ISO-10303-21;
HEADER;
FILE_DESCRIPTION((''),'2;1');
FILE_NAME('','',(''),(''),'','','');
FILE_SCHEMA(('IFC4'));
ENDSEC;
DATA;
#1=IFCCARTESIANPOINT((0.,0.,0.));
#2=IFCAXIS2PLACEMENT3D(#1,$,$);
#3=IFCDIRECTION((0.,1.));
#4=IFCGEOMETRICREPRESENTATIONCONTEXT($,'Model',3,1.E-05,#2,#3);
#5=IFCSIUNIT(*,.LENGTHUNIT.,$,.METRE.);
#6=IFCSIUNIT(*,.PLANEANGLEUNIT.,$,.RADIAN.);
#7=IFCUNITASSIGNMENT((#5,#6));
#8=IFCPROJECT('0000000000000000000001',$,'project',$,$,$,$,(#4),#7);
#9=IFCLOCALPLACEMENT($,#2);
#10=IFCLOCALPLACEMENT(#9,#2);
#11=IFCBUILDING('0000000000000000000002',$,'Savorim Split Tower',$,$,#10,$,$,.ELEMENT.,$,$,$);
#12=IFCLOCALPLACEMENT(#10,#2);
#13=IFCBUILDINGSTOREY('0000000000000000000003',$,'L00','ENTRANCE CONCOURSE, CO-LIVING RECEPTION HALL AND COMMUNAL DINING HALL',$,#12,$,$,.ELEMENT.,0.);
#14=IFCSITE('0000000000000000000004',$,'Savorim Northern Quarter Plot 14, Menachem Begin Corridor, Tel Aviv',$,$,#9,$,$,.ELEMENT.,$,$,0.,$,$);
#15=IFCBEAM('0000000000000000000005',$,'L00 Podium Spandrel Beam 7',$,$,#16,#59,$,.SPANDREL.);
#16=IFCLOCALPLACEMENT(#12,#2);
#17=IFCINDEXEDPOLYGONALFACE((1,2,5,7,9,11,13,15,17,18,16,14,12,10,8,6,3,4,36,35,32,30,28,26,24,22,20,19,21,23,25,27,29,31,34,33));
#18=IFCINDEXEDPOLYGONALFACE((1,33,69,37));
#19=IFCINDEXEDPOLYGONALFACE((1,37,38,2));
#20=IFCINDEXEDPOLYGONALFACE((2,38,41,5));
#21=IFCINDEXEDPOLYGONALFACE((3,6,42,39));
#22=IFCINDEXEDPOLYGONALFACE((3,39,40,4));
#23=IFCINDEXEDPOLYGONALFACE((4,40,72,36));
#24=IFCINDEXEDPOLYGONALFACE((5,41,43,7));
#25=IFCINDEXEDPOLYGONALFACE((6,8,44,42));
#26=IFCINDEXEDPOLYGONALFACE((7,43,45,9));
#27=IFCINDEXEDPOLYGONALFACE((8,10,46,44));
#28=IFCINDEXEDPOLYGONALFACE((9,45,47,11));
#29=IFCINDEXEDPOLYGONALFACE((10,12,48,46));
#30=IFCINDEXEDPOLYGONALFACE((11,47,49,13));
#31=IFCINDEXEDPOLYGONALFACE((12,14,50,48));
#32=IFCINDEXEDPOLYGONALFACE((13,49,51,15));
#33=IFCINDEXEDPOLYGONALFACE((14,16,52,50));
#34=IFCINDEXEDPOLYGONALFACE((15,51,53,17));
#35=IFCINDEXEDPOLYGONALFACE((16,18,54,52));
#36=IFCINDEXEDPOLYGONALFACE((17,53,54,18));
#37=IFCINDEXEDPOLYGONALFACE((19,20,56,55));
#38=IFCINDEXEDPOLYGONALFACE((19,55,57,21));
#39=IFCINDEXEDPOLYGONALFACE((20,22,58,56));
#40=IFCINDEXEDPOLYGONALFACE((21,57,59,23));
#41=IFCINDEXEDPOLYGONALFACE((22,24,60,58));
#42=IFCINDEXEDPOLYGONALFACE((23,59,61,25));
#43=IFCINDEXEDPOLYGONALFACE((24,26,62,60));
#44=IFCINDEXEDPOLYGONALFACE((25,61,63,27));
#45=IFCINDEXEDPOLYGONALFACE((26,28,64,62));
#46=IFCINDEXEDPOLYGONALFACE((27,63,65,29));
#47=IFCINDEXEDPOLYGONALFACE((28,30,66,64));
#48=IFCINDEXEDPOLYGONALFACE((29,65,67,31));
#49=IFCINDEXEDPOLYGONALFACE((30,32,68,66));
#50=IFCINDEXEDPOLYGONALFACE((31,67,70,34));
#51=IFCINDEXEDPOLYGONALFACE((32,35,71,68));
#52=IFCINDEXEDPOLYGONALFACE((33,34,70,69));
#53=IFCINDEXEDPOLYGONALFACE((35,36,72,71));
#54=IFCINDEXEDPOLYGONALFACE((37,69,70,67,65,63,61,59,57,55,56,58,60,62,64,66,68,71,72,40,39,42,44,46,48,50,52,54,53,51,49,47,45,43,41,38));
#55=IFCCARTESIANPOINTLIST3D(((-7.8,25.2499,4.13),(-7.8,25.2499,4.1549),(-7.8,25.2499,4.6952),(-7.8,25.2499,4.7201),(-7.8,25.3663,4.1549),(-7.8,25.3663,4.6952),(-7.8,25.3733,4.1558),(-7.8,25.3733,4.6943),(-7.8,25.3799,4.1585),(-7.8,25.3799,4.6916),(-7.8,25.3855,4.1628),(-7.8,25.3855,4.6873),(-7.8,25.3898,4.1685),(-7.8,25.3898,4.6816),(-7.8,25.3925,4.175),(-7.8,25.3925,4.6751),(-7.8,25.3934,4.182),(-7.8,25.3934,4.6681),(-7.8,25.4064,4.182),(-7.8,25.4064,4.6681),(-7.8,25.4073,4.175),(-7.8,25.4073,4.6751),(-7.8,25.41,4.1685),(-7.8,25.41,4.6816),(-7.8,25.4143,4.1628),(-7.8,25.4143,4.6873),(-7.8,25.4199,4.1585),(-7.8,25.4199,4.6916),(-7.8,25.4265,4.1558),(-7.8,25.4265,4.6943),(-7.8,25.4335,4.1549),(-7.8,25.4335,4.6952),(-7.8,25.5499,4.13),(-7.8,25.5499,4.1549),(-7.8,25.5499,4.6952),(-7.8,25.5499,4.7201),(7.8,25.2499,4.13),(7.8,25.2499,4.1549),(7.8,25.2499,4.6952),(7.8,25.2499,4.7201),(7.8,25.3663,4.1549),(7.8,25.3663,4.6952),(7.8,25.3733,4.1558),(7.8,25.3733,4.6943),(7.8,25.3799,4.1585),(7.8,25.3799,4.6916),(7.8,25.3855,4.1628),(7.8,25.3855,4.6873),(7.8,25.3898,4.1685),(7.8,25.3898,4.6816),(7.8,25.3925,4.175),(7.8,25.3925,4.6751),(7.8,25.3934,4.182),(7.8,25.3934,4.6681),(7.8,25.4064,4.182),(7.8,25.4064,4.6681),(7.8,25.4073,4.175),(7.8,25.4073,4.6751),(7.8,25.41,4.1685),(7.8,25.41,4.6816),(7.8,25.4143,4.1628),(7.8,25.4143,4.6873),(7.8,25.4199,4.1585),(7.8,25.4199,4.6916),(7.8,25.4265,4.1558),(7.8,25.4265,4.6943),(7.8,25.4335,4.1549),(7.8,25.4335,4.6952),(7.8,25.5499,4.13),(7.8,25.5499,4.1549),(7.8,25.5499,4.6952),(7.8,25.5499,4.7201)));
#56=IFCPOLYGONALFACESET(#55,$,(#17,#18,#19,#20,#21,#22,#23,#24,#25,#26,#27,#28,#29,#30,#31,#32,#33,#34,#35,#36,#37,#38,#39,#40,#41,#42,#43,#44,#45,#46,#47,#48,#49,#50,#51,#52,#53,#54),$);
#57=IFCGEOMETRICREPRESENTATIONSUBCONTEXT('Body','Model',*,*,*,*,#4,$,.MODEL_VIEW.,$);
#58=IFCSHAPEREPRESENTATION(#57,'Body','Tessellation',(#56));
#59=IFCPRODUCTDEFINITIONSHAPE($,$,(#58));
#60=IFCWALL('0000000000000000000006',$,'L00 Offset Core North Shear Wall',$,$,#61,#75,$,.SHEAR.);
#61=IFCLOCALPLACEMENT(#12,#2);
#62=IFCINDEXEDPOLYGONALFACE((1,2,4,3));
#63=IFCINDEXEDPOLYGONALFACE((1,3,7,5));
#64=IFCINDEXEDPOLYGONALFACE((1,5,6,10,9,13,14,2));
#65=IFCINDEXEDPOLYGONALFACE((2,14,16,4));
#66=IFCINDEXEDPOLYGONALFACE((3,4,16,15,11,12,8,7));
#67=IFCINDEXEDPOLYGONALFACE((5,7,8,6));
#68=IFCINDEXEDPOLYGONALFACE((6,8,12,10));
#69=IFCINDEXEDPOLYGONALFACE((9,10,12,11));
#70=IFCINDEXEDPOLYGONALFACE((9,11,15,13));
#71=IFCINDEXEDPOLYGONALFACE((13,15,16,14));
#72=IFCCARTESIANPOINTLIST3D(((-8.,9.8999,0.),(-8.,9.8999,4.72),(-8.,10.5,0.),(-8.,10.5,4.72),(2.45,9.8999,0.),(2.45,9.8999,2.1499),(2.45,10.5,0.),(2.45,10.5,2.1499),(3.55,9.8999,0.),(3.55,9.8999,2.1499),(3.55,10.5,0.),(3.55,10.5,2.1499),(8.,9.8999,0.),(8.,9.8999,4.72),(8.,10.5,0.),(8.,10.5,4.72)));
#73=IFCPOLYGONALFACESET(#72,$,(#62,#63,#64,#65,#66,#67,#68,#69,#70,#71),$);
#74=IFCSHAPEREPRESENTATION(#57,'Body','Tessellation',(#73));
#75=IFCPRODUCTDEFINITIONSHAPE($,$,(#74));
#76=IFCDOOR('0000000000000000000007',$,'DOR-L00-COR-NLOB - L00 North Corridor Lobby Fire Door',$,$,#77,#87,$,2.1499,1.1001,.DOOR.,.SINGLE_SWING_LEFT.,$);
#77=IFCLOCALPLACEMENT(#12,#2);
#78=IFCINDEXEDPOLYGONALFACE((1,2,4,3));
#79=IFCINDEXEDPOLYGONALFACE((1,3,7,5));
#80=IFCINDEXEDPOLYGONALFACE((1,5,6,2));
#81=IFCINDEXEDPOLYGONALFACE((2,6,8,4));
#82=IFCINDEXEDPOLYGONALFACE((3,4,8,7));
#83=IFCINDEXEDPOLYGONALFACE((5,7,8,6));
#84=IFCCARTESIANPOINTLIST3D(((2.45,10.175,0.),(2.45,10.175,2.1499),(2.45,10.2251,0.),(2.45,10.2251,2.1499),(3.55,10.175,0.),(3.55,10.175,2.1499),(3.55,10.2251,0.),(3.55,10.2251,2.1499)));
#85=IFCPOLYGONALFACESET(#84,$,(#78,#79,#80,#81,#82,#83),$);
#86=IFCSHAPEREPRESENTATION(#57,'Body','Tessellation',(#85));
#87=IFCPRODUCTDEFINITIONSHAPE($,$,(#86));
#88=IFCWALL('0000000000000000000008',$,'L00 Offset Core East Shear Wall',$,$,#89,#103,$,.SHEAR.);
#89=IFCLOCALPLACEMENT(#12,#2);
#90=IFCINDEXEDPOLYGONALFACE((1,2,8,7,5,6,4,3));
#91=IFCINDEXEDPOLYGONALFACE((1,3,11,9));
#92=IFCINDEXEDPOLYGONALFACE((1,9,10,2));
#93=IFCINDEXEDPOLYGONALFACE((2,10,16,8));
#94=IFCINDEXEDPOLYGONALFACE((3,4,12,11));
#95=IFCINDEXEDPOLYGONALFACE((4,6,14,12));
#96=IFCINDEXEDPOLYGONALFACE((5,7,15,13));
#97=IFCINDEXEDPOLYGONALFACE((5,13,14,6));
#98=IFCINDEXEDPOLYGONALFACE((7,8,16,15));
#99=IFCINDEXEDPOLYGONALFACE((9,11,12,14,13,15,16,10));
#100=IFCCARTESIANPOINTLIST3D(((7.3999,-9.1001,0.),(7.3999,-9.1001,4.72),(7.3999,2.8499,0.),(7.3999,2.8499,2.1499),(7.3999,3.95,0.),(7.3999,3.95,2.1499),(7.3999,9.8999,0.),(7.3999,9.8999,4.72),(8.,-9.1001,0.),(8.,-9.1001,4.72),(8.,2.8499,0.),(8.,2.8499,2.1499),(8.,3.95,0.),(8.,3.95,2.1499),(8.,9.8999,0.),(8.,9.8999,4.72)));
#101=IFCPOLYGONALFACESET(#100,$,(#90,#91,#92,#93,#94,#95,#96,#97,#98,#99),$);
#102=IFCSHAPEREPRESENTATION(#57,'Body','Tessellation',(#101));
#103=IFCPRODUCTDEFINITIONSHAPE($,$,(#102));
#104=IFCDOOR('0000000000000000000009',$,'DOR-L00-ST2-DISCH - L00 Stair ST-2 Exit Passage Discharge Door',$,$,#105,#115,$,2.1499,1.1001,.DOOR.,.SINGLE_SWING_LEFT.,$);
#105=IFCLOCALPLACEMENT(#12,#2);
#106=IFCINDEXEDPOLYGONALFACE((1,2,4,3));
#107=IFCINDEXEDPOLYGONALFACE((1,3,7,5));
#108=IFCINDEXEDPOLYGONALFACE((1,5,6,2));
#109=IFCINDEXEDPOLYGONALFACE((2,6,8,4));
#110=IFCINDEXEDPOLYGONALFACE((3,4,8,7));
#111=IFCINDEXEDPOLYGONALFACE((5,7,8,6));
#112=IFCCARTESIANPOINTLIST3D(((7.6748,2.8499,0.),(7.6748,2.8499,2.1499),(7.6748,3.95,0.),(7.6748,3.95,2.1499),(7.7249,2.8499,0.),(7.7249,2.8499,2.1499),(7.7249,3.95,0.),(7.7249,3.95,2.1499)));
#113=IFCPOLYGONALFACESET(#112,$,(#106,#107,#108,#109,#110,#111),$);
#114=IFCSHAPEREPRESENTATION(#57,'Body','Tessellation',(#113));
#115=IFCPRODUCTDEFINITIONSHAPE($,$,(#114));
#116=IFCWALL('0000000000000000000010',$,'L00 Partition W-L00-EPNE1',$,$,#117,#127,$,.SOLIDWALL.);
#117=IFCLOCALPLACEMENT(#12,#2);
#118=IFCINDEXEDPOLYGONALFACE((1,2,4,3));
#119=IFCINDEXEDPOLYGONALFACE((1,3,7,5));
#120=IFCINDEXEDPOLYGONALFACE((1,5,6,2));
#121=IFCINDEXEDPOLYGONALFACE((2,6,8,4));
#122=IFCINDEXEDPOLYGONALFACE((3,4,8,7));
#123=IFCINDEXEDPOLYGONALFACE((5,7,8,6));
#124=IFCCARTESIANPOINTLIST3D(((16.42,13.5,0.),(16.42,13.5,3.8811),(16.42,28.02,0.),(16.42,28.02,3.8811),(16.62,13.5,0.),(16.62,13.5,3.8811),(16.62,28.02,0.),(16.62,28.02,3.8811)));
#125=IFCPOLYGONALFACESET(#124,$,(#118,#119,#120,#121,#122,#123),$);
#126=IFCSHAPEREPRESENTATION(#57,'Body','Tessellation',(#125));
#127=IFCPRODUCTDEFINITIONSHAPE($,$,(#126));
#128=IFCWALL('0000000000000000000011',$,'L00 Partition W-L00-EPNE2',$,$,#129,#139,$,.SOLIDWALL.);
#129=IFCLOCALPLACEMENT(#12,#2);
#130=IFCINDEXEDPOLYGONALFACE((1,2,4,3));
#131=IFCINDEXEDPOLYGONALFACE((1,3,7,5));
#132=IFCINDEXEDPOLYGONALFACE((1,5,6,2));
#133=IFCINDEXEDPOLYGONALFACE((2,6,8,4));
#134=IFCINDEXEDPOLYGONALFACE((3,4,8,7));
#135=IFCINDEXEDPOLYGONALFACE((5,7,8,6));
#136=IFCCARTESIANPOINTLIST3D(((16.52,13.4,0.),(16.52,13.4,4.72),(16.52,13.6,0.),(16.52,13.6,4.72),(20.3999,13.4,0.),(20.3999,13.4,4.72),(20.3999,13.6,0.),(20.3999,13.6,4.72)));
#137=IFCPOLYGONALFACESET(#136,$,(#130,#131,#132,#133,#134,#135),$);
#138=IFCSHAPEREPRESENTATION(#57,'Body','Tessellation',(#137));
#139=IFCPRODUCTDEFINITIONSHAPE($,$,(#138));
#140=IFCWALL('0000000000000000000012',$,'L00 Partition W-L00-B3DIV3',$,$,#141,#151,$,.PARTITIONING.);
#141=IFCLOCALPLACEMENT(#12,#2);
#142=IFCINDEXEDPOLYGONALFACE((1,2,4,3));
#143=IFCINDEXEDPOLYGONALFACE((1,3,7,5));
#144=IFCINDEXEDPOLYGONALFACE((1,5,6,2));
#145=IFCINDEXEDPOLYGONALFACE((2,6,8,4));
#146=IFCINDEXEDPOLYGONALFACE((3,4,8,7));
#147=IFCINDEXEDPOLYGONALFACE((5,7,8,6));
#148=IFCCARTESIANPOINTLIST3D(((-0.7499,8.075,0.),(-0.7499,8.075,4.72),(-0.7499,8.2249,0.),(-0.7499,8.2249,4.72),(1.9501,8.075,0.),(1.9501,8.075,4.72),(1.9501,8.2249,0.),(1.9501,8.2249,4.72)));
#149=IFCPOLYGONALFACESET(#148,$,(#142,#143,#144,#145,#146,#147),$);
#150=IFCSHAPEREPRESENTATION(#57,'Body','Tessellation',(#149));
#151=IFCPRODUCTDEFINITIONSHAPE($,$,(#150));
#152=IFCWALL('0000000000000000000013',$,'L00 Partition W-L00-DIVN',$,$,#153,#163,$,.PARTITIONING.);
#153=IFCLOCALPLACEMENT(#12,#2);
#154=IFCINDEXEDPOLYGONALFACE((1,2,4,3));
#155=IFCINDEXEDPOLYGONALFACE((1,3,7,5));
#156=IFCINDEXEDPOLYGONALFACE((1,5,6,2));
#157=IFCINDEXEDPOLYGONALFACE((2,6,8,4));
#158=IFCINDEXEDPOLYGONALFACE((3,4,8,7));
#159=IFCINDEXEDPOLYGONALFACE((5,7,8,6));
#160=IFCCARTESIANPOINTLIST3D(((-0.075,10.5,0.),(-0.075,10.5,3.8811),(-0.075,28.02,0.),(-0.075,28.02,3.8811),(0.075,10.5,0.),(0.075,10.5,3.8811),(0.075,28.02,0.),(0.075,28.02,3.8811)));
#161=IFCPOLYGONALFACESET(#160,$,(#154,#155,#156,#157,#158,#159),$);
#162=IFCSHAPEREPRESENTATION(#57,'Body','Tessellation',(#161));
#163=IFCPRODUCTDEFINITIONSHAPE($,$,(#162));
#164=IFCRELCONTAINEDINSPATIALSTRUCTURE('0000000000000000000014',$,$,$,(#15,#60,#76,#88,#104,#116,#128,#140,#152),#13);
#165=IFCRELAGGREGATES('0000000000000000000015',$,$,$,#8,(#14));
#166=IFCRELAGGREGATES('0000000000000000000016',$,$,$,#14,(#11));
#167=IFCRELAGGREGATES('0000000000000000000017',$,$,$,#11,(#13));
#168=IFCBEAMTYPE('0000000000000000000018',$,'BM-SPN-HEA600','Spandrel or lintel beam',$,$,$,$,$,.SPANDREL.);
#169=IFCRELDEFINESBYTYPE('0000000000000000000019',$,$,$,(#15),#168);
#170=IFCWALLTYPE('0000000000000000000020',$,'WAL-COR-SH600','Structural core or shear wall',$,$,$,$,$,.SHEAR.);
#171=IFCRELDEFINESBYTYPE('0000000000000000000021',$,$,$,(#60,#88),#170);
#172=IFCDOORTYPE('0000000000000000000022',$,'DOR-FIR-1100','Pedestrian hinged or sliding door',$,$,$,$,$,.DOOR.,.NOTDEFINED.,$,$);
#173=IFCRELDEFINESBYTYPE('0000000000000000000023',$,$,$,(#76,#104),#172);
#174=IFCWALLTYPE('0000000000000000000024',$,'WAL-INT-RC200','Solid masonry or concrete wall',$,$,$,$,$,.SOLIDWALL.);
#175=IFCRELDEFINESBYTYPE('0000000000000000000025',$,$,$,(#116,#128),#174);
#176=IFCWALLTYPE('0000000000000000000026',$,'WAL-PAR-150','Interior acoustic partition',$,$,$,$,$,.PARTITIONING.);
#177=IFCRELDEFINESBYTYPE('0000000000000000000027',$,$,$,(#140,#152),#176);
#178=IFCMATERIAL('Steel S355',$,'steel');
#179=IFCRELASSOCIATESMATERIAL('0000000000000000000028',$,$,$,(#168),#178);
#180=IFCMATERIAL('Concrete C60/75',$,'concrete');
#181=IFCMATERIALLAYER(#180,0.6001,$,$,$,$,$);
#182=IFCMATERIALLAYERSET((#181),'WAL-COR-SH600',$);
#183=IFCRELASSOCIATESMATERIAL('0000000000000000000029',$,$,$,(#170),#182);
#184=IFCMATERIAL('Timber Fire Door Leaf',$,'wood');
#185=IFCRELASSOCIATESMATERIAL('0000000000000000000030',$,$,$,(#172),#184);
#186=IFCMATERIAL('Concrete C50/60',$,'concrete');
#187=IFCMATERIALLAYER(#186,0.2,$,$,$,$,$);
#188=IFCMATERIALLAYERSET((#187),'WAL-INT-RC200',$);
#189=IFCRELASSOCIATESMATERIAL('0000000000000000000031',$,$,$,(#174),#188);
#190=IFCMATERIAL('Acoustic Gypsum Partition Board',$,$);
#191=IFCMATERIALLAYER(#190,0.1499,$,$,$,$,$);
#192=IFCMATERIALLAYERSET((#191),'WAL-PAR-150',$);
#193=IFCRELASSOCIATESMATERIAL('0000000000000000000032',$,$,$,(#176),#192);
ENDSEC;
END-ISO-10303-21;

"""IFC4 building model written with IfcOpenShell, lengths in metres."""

from ifc_helpers import new_model, si_unit, direction, frame, frame_2d, origin, origin_2d, place, context, subcontext, project, spatial, rectangle, i_section, extrude, material, layer, layer_set, material_profile, profile_set, type_object, element, fill, save


model = new_model("IFC4")

# Units and contexts
model_context = context("Model", 3, precision=1e-05, world=origin(), true_north=direction((0.0, 1.0)))
body_context = subcontext(model_context, "Body", "Model", "MODEL_VIEW")
ifc_project = project(units=[si_unit("LENGTHUNIT", "METRE"), si_unit("PLANEANGLEUNIT", "RADIAN")], contexts=[model_context])

# Site, building, storey
site_placement = place(None, origin())
site = spatial("IfcSite", under=ifc_project, at=site_placement, Name="Savorim Northern Quarter Plot 14, Menachem Begin Corridor, Tel Aviv", CompositionType="ELEMENT", RefElevation=0.0)
building_placement = place(site_placement, origin())
building = spatial("IfcBuilding", under=site, at=building_placement, Name="Savorim Split Tower", CompositionType="ELEMENT")
storey_placement = place(building_placement, origin())
storey = spatial("IfcBuildingStorey", under=building, at=storey_placement, Name="L00", Description="ENTRANCE CONCOURSE, CO-LIVING RECEPTION HALL AND COMMUNAL DINING HALL", CompositionType="ELEMENT", Elevation=0.0)

# Shared definitions
ifc_material_1 = material(Name="Concrete C60/75", Category="concrete")

# Beam
ifc_material_2 = material(Name="Steel S355", Category="steel")
ifc_material_profile_1 = material_profile(ifc_material_2, i_section(OverallWidth=0.3, OverallDepth=0.5901, WebThickness=0.0129, FlangeThickness=0.0249, FilletRadius=0.0271, at=origin_2d()), Name="HEA 600")
ifc_profile_set_1 = profile_set([ifc_material_profile_1], Name="Steel S355")
beam_type_1 = type_object("IfcBeamType", Name="BM-SPN-HEA600", Description="Spandrel or lintel beam", PredefinedType="SPANDREL", material=ifc_profile_set_1)
beam_1_placement = place(storey_placement, frame((7.8, 25.3999, 4.425), z_axis=(-1.0, 0.0, 0.0), x_axis=(0.0, -1.0, 0.0)))
element("IfcBeam", 1, at=beam_1_placement, inside=storey, type_object=beam_type_1, Name="L00 Podium Spandrel Beam 7", PredefinedType="SPANDREL", context=body_context, shape_type="SweptSolid", body=[
    extrude(i_section(OverallWidth=0.3, OverallDepth=0.5901, WebThickness=0.0129, FlangeThickness=0.0249, FilletRadius=0.0271, at=origin_2d()), origin(), (0.0, 0.0, 1.0), 15.6001),
])

# Walls, openings, doors
ifc_layer_1 = layer(ifc_material_1, 0.6001)
ifc_layer_set_1 = layer_set([ifc_layer_1], Name="WAL-COR-SH600")
wall_type_1 = type_object("IfcWallType", Name="WAL-COR-SH600", Description="Structural core or shear wall", PredefinedType="SHEAR", material=ifc_layer_set_1)
wall_1_placement = place(storey_placement, frame((8.0, 10.2, 0.0), z_axis=(0.0, 0.0, 1.0), x_axis=(-1.0, 0.0, 0.0)))
wall_1 = element("IfcWall", 2, at=wall_1_placement, inside=storey, type_object=wall_type_1, Name="L00 Offset Core North Shear Wall", PredefinedType="SHEAR", context=body_context, shape_type="SweptSolid", body=[
    extrude(rectangle(XDim=16.0, YDim=0.6001, at=frame_2d((8.0, 0.0))), origin(), (0.0, 0.0, 1.0), 4.72),
])
opening_1_placement = place(wall_1_placement, frame((4.45, 0.0, 0.0)))
opening_1 = element("IfcOpeningElement", 3, at=opening_1_placement, cuts=wall_1, PredefinedType="OPENING", context=body_context, shape_type="SweptSolid", body=[
    extrude(rectangle(XDim=1.1001, YDim=2.1499, at=frame_2d((0.55, 1.075))), frame((0.0, 0.3101, 0.0), z_axis=(0.0, -1.0, 0.0), x_axis=(1.0, 0.0, 0.0)), (0.0, 0.0, 1.0), 0.6201),
])
ifc_material_3 = material(Name="Timber Fire Door Leaf", Category="wood")
door_type = type_object("IfcDoorType", Name="DOR-FIR-1100", Description="Pedestrian hinged or sliding door", OperationType="NOTDEFINED", PredefinedType="DOOR", material=ifc_material_3)
door_1_placement = place(opening_1_placement, origin())
door_1 = element("IfcDoor", 4, at=door_1_placement, inside=storey, type_object=door_type, Name="DOR-L00-COR-NLOB - L00 North Corridor Lobby Fire Door", OperationType="SINGLE_SWING_LEFT", OverallHeight=2.1499, OverallWidth=1.1001, PredefinedType="DOOR", context=body_context, shape_type="SweptSolid", body=[
    extrude(rectangle(XDim=1.1001, YDim=2.1499, at=frame_2d((0.55, 1.075))), frame((0.0, 0.0249, 0.0), z_axis=(0.0, -1.0, 0.0), x_axis=(1.0, 0.0, 0.0)), (0.0, 0.0, 1.0), 0.05),
])
fill(opening_1, door_1)
wall_2_placement = place(storey_placement, frame((7.7, 9.8999, 0.0), z_axis=(0.0, 0.0, 1.0), x_axis=(0.0, -1.0, 0.0)))
wall_2 = element("IfcWall", 5, at=wall_2_placement, inside=storey, type_object=wall_type_1, Name="L00 Offset Core East Shear Wall", PredefinedType="SHEAR", context=body_context, shape_type="SweptSolid", body=[
    extrude(rectangle(XDim=19.0, YDim=0.6001, at=frame_2d((9.5, 0.0))), origin(), (0.0, 0.0, 1.0), 4.72),
])
opening_2_placement = place(wall_2_placement, frame((5.95, 0.0, 0.0)))
opening_2 = element("IfcOpeningElement", 6, at=opening_2_placement, cuts=wall_2, PredefinedType="OPENING", context=body_context, shape_type="SweptSolid", body=[
    extrude(rectangle(XDim=1.1001, YDim=2.1499, at=frame_2d((0.55, 1.075))), frame((0.0, 0.3101, 0.0), z_axis=(0.0, -1.0, 0.0), x_axis=(1.0, 0.0, 0.0)), (0.0, 0.0, 1.0), 0.6201),
])
door_2_placement = place(opening_2_placement, origin())
door_2 = element("IfcDoor", 7, at=door_2_placement, inside=storey, type_object=door_type, Name="DOR-L00-ST2-DISCH - L00 Stair ST-2 Exit Passage Discharge Door", OperationType="SINGLE_SWING_LEFT", OverallHeight=2.1499, OverallWidth=1.1001, PredefinedType="DOOR", context=body_context, shape_type="SweptSolid", body=[
    extrude(rectangle(XDim=1.1001, YDim=2.1499, at=frame_2d((0.55, 1.075))), frame((0.0, 0.0249, 0.0), z_axis=(0.0, -1.0, 0.0), x_axis=(1.0, 0.0, 0.0)), (0.0, 0.0, 1.0), 0.05),
])
fill(opening_2, door_2)

# Walls
ifc_material_4 = material(Name="Concrete C50/60", Category="concrete")
ifc_layer_2 = layer(ifc_material_4, 0.2)
ifc_layer_set_2 = layer_set([ifc_layer_2], Name="WAL-INT-RC200")
wall_type_2 = type_object("IfcWallType", Name="WAL-INT-RC200", Description="Solid masonry or concrete wall", PredefinedType="SOLIDWALL", material=ifc_layer_set_2)
wall_3_placement = place(storey_placement, frame((16.52, 13.5, 0.0), z_axis=(0.0, 0.0, 1.0), x_axis=(0.0, 1.0, 0.0)))
element("IfcWall", 8, at=wall_3_placement, inside=storey, type_object=wall_type_2, Name="L00 Partition W-L00-EPNE1", PredefinedType="SOLIDWALL", context=body_context, shape_type="SweptSolid", body=[
    extrude(rectangle(XDim=14.52, YDim=0.2, at=frame_2d((7.26, 0.0))), origin(), (0.0, 0.0, 1.0), 3.8811),
])
wall_4_placement = place(storey_placement, frame((16.52, 13.5, 0.0), z_axis=(0.0, 0.0, 1.0), x_axis=(1.0, 0.0, 0.0)))
element("IfcWall", 9, at=wall_4_placement, inside=storey, type_object=wall_type_2, Name="L00 Partition W-L00-EPNE2", PredefinedType="SOLIDWALL", context=body_context, shape_type="SweptSolid", body=[
    extrude(rectangle(XDim=3.8799, YDim=0.2, at=frame_2d((1.9399, 0.0))), origin(), (0.0, 0.0, 1.0), 4.72),
])
ifc_material_5 = material(Name="Acoustic Gypsum Partition Board")
ifc_layer_3 = layer(ifc_material_5, 0.1499)
ifc_layer_set_3 = layer_set([ifc_layer_3], Name="WAL-PAR-150")
wall_type_3 = type_object("IfcWallType", Name="WAL-PAR-150", Description="Interior acoustic partition", PredefinedType="PARTITIONING", material=ifc_layer_set_3)
wall_5_placement = place(storey_placement, frame((-0.75, 8.1499, 0.0), z_axis=(0.0, 0.0, 1.0), x_axis=(1.0, 0.0, 0.0)))
element("IfcWall", 10, at=wall_5_placement, inside=storey, type_object=wall_type_3, Name="L00 Partition W-L00-B3DIV3", PredefinedType="PARTITIONING", context=body_context, shape_type="SweptSolid", body=[
    extrude(rectangle(XDim=2.7, YDim=0.1499, at=frame_2d((1.3501, 0.0))), origin(), (0.0, 0.0, 1.0), 4.72),
])
wall_6_placement = place(storey_placement, frame((0.0, 10.5, 0.0), z_axis=(0.0, 0.0, 1.0), x_axis=(0.0, 1.0, 0.0)))
element("IfcWall", 11, at=wall_6_placement, inside=storey, type_object=wall_type_3, Name="L00 Partition W-L00-DIVN", PredefinedType="PARTITIONING", context=body_context, shape_type="SweptSolid", body=[
    extrude(rectangle(XDim=17.52, YDim=0.1499, at=frame_2d((8.76, 0.0))), origin(), (0.0, 0.0, 1.0), 3.8811),
])

save(model, "model.ifc")
